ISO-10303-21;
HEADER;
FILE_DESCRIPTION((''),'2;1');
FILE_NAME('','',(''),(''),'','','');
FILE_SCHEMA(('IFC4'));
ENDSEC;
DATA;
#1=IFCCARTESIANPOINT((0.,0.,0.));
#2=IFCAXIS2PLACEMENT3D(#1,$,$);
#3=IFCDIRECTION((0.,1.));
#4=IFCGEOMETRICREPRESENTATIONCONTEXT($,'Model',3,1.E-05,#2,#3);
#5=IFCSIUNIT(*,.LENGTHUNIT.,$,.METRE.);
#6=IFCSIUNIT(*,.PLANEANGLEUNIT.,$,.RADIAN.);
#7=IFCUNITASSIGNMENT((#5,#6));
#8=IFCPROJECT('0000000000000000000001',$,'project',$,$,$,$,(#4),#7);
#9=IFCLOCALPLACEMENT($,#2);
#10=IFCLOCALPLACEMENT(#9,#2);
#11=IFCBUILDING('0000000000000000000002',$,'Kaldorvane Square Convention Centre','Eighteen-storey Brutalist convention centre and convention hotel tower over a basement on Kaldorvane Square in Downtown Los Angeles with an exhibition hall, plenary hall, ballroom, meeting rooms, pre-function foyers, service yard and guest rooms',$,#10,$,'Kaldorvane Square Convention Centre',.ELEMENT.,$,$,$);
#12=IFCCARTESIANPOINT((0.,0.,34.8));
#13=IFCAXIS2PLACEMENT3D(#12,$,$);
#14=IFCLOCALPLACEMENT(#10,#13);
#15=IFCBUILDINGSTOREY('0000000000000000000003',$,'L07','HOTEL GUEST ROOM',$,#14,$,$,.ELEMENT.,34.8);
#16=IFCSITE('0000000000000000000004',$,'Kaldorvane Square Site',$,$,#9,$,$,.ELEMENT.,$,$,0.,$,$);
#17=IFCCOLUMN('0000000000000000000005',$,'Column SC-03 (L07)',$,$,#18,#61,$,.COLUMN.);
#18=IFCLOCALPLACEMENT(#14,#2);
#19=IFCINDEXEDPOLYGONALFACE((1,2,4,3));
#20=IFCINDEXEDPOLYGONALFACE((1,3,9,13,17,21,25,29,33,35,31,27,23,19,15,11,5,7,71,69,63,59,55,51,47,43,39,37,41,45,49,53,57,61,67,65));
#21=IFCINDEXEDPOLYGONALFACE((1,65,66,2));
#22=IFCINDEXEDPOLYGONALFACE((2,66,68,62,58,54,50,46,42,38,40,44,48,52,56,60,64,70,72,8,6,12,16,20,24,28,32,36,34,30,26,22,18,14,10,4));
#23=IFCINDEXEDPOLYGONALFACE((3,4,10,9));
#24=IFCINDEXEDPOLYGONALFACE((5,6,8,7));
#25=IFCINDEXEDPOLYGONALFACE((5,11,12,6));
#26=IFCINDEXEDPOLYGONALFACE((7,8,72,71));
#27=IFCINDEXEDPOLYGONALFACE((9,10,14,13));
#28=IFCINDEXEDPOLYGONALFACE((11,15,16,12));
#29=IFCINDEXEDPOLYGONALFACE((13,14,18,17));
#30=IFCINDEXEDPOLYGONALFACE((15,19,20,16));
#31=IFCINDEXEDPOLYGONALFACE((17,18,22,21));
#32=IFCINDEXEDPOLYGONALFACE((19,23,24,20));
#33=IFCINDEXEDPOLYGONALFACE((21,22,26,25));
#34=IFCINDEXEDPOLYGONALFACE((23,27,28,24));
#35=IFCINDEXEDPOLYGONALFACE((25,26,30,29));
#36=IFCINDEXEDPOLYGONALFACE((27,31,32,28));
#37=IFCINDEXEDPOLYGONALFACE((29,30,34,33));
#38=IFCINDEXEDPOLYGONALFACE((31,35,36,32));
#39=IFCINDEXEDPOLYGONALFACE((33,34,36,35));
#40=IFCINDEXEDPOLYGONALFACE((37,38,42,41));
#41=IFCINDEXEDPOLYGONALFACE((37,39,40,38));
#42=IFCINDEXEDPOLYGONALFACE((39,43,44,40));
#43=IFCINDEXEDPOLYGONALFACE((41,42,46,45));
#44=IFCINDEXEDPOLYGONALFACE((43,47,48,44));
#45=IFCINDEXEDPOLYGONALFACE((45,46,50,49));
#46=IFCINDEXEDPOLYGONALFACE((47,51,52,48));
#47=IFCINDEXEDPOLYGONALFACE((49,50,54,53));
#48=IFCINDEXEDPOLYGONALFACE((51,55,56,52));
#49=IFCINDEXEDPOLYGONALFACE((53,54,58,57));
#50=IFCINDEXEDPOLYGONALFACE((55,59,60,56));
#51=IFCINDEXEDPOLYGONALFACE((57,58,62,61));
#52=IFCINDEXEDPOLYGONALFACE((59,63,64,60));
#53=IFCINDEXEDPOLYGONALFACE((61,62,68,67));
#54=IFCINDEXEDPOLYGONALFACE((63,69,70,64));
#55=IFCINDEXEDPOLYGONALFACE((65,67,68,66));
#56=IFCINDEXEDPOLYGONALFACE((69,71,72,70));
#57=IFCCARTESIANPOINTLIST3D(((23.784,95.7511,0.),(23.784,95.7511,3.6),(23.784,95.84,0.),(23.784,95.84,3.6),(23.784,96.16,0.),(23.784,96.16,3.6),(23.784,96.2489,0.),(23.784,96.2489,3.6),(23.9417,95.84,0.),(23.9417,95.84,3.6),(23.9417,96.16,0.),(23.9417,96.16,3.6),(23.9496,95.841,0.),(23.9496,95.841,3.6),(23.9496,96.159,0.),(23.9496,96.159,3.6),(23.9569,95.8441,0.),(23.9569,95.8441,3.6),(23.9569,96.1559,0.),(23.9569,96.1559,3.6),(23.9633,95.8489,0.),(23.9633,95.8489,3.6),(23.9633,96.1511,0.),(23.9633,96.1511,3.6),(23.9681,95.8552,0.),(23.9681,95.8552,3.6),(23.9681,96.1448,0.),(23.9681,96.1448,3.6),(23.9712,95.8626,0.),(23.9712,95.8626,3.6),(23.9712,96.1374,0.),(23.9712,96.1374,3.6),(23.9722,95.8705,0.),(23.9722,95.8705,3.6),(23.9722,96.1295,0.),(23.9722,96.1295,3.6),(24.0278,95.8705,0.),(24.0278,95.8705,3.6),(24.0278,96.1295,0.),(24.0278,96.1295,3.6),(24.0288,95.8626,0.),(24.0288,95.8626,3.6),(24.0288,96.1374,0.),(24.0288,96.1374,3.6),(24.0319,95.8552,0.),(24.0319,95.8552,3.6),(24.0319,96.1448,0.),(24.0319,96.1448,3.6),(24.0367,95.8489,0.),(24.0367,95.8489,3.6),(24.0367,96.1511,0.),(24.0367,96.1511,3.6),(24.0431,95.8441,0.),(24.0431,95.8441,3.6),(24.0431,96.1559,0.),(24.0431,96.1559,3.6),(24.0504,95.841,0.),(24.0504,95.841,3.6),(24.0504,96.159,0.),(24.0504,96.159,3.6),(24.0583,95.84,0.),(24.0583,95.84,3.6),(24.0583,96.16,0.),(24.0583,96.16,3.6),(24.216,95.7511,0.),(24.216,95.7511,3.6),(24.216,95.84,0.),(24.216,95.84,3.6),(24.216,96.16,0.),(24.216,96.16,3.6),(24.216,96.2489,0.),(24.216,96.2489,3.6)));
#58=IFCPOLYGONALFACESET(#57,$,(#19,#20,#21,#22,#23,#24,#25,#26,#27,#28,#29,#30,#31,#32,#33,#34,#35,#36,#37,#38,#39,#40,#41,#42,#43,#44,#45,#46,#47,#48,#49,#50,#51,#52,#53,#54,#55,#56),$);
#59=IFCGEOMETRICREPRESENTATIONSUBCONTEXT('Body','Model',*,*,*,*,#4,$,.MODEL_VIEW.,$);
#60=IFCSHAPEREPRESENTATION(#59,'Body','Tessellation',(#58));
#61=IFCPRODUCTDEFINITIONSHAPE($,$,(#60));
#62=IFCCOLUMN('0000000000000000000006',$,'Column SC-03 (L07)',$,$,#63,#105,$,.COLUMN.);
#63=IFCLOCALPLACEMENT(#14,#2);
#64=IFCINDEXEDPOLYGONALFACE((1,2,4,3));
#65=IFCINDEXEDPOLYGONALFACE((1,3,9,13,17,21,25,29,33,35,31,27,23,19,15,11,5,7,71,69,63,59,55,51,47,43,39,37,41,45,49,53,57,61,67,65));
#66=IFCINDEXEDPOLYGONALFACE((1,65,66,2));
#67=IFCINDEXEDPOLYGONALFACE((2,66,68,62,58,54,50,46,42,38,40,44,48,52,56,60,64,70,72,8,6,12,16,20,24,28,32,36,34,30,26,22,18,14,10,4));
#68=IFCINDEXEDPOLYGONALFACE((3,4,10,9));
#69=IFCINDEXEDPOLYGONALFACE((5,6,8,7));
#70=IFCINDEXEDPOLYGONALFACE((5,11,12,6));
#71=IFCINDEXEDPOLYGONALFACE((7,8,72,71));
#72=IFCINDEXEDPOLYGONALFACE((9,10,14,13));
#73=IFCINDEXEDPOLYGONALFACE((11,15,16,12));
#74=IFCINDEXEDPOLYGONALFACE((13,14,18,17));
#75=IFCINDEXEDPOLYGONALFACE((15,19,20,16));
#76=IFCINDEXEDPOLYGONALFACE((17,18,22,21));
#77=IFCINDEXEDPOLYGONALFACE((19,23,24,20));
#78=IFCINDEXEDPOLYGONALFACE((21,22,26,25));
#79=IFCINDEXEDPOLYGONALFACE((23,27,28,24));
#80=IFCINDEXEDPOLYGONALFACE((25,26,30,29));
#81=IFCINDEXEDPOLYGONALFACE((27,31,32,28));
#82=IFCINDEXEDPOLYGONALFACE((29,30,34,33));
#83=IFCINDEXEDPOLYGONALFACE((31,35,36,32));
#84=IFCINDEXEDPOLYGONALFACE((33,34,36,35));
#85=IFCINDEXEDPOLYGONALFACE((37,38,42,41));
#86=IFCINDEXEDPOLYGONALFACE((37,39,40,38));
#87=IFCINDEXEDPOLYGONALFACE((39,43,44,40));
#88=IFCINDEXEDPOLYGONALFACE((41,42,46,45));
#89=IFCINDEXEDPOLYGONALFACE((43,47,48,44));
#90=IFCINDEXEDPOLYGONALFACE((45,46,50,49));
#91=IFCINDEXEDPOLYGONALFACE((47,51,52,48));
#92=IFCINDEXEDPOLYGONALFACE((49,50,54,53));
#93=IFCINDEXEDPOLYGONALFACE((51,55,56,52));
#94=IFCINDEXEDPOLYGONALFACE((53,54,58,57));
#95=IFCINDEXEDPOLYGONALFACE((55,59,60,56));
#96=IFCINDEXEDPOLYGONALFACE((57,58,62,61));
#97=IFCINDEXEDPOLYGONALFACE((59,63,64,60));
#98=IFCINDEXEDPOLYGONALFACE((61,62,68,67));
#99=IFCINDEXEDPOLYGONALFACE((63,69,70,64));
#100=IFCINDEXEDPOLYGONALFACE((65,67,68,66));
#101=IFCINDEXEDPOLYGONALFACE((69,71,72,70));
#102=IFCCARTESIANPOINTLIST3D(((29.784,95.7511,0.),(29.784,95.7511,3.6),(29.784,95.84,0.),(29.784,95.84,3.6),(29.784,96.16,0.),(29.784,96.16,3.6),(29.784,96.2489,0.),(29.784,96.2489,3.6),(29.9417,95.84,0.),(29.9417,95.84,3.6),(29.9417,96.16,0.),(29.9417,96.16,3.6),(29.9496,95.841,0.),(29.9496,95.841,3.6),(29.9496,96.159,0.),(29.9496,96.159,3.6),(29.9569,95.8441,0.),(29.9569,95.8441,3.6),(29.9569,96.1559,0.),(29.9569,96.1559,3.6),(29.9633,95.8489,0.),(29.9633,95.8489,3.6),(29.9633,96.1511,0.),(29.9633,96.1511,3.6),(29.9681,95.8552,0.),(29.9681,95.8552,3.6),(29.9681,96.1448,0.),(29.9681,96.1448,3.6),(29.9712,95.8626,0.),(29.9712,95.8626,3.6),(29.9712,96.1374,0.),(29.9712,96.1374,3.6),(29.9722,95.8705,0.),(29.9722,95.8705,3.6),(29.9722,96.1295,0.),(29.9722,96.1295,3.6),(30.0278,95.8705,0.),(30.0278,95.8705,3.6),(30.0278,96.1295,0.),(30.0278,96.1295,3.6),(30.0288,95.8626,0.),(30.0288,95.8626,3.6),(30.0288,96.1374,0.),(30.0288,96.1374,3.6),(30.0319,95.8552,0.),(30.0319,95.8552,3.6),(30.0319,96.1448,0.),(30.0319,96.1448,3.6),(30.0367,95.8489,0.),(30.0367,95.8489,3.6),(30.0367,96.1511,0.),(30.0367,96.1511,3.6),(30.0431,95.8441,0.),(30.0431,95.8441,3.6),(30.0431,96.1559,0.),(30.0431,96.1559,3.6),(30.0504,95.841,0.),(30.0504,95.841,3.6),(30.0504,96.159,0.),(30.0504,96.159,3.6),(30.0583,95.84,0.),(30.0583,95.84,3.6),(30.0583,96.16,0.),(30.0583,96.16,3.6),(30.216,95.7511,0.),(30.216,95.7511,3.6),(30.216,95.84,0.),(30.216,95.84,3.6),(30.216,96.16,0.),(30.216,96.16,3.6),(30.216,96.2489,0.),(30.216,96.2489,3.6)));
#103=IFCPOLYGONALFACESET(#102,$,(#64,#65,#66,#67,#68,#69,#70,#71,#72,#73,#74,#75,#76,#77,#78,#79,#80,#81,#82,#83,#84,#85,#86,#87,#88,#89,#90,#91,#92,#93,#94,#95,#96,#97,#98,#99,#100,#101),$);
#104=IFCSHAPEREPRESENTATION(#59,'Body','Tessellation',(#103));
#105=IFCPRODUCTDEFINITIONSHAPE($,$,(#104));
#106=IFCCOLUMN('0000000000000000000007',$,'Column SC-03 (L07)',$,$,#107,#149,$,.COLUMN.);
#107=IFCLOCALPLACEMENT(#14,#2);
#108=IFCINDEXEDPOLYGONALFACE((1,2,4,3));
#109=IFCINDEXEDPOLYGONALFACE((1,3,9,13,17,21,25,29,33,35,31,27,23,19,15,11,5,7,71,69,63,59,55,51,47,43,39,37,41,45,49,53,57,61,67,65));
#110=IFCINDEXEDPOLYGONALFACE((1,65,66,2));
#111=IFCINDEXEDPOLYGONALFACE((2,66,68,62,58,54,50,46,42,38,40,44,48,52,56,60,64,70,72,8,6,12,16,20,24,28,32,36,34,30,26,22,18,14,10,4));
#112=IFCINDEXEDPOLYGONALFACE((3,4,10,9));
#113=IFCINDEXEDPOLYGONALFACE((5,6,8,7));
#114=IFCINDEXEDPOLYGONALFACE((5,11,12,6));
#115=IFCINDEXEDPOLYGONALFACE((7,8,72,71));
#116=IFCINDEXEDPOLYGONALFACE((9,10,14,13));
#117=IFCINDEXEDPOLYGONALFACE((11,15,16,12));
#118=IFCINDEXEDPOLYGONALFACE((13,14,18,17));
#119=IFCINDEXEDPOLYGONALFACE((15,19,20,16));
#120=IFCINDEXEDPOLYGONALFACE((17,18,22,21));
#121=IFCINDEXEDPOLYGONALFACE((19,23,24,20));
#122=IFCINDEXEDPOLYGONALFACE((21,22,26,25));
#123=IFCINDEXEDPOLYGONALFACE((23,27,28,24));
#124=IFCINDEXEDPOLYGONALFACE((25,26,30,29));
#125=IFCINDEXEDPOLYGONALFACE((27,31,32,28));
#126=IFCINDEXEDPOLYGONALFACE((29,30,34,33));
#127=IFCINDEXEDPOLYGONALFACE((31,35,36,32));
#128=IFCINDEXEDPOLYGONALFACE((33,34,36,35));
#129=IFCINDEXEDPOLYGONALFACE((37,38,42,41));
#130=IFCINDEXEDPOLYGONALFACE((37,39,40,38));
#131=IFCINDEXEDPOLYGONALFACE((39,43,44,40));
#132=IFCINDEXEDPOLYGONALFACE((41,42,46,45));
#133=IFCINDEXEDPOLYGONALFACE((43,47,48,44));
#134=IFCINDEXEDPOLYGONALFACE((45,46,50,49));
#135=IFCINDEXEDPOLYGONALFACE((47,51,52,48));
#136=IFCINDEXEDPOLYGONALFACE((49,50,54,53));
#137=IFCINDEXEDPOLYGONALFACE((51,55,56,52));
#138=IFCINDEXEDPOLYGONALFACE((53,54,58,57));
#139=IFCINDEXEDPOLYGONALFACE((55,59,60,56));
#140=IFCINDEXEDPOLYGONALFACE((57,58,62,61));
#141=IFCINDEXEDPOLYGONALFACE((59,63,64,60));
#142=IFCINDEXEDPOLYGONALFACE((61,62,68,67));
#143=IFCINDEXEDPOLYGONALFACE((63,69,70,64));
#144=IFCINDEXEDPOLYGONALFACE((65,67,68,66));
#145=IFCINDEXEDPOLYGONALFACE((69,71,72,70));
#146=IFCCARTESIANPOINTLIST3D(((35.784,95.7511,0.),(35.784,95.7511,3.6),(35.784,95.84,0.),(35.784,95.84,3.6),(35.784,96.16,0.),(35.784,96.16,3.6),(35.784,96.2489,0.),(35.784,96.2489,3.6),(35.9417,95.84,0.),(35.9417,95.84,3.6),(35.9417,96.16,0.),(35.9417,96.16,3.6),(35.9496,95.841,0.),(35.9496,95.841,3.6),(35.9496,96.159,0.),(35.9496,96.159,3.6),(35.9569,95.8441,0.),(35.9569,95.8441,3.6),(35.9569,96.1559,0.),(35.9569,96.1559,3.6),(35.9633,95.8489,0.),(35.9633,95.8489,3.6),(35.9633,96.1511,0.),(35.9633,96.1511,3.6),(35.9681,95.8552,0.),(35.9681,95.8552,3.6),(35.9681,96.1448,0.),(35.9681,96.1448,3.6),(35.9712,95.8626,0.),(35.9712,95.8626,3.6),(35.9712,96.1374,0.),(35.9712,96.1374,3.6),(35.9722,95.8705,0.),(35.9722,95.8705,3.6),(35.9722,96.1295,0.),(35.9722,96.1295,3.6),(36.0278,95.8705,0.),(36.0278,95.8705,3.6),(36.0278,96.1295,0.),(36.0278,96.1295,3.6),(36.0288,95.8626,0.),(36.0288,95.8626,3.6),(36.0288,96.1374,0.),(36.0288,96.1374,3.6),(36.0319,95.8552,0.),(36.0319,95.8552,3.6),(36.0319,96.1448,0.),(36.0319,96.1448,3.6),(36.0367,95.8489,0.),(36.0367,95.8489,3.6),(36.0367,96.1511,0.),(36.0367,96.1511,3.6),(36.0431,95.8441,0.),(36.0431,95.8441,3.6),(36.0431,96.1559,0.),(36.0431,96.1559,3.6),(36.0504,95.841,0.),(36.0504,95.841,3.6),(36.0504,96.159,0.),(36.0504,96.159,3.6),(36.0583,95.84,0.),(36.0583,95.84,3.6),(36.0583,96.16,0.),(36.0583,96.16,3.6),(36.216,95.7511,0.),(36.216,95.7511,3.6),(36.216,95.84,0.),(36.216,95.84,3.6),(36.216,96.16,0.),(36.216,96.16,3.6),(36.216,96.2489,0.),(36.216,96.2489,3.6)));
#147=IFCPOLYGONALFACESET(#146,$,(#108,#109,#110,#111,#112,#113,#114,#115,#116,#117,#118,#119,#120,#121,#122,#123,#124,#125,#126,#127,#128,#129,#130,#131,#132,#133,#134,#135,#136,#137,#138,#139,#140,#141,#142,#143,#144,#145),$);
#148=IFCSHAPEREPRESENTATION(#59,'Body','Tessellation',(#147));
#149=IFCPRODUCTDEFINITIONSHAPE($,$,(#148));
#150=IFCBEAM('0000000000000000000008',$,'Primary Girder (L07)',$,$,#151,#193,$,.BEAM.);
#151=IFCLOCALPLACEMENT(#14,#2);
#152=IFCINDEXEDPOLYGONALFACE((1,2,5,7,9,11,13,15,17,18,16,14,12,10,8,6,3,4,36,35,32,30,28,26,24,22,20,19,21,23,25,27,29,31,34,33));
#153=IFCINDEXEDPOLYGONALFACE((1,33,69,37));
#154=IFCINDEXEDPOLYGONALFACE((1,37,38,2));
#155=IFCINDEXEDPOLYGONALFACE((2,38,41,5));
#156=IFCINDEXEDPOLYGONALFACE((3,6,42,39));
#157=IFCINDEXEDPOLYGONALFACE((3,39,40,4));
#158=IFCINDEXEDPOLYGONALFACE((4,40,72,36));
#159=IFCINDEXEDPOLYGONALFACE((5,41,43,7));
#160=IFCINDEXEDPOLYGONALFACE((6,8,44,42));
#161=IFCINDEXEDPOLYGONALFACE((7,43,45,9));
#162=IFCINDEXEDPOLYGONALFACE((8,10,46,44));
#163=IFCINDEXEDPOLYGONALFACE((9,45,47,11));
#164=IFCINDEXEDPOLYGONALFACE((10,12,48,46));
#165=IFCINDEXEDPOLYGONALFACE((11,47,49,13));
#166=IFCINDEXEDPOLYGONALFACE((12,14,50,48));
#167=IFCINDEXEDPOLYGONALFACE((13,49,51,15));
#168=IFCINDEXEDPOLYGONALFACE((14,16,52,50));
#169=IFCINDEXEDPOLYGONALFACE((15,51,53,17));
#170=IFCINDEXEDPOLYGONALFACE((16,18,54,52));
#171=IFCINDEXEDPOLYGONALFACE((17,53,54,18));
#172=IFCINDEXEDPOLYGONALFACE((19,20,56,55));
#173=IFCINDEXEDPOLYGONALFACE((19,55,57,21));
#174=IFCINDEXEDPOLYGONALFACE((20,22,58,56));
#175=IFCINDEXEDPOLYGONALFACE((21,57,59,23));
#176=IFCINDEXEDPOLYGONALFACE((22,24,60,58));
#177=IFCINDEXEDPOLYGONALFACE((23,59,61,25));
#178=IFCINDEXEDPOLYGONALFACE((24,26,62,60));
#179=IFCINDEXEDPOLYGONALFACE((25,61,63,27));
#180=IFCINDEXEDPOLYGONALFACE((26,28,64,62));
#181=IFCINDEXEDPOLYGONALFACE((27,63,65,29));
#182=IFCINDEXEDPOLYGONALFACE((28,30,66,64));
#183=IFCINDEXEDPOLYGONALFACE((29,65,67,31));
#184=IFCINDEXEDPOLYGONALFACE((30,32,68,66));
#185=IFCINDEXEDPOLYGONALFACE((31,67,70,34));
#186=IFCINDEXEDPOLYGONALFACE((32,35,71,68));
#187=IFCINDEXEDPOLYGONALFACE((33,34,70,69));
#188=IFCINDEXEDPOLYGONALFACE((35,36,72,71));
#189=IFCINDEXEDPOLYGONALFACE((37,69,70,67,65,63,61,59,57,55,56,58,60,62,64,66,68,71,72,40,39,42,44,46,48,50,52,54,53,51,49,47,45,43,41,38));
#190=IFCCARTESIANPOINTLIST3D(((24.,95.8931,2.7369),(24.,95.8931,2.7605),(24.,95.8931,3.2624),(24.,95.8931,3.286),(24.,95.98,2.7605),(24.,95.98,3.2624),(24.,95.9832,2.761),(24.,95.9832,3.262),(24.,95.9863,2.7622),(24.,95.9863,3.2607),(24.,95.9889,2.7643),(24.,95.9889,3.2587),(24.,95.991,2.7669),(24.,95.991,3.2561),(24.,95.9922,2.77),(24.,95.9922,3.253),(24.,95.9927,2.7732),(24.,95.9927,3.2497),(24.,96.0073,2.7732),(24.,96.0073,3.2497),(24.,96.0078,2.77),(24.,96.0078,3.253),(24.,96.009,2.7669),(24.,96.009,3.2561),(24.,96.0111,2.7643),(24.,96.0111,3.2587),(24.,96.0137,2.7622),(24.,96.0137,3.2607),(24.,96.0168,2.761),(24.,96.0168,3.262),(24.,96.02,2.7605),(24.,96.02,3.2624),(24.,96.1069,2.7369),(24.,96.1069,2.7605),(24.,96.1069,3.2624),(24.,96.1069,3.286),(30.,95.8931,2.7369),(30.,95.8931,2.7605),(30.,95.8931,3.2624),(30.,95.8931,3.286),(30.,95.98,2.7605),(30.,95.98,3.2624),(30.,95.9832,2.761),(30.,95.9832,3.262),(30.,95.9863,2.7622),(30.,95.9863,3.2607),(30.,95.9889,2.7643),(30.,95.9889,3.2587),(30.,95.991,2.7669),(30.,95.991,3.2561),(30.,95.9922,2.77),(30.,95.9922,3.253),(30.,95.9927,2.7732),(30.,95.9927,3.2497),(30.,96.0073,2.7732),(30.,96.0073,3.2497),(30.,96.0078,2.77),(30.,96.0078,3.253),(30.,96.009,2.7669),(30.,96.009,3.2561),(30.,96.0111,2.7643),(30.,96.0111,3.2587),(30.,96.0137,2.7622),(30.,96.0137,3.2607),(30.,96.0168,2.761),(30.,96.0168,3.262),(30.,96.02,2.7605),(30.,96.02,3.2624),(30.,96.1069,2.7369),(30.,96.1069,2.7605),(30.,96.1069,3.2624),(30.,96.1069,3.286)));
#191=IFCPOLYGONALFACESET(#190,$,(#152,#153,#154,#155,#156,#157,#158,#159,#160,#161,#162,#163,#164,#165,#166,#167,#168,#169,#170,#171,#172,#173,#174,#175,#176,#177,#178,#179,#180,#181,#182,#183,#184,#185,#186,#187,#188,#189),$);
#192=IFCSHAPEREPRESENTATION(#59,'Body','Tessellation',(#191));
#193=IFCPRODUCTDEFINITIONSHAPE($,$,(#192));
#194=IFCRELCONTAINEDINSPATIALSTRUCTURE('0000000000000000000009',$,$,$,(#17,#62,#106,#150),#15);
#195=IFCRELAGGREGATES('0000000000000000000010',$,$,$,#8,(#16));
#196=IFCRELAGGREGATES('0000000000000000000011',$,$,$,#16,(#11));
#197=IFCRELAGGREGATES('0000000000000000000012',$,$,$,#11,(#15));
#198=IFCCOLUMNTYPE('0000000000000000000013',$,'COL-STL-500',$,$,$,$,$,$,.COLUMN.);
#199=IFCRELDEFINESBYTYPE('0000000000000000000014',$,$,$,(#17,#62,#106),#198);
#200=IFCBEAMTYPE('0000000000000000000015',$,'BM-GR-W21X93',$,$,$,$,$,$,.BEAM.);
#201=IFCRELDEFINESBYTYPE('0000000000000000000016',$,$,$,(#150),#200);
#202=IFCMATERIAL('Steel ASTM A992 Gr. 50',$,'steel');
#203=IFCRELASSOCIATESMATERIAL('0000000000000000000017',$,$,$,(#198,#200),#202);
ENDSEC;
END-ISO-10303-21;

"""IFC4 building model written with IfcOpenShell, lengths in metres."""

from ifc_helpers import new_model, si_unit, direction, frame, origin, origin_2d, place, context, subcontext, project, spatial, i_section, extrude, material, material_profile, profile_set, type_object, element, save


model = new_model("IFC4")

# Units and contexts
model_context = context("Model", 3, precision=1e-05, world=origin(), true_north=direction((0.0, 1.0)))
body_context = subcontext(model_context, "Body", "Model", "MODEL_VIEW")
ifc_project = project(units=[si_unit("LENGTHUNIT", "METRE"), si_unit("PLANEANGLEUNIT", "RADIAN")], contexts=[model_context])

# Site, building, storey
site_placement = place(None, origin())
site = spatial("IfcSite", under=ifc_project, at=site_placement, Name="Kaldorvane Square Site", CompositionType="ELEMENT", RefElevation=0.0)
building_placement = place(site_placement, origin())
building = spatial("IfcBuilding", under=site, at=building_placement, Name="Kaldorvane Square Convention Centre", Description="Eighteen-storey Brutalist convention centre and convention hotel tower over a basement on Kaldorvane Square in Downtown Los Angeles with an exhibition hall, plenary hall, ballroom, meeting rooms, pre-function foyers, service yard and guest rooms", LongName="Kaldorvane Square Convention Centre", CompositionType="ELEMENT")
storey_placement = place(building_placement, frame((0.0, 0.0, 34.8)))
storey = spatial("IfcBuildingStorey", under=building, at=storey_placement, Name="L07", Description="HOTEL GUEST ROOM", CompositionType="ELEMENT", Elevation=34.8)

# Columns
ifc_material_1 = material(Name="Steel ASTM A992 Gr. 50", Category="steel")
ifc_material_profile_1 = material_profile(ifc_material_1, i_section(OverallWidth=0.4321, OverallDepth=0.4978, WebThickness=0.0556, FlangeThickness=0.0889, FilletRadius=0.0305, at=origin_2d()), Name="W14X500")
ifc_profile_set_1 = profile_set([ifc_material_profile_1], Name="Steel ASTM A992 Gr. 50")
column_type = type_object("IfcColumnType", Name="COL-STL-500", PredefinedType="COLUMN", material=ifc_profile_set_1)
for number, where, z_axis, x_axis, name in (
    (1, (24.0, 96.0, 0.0), (0.0, 0.0, 1.0), (1.0, 0.0, 0.0), "Column SC-03 (L07)"),
    (2, (30.0, 96.0, 0.0), (0.0, 0.0, 1.0), (1.0, 0.0, 0.0), "Column SC-03 (L07)"),
    (3, (36.0, 96.0, 0.0), (0.0, 0.0, 1.0), (1.0, 0.0, 0.0), "Column SC-03 (L07)"),
):
    element("IfcColumn", number, at=place(storey_placement, frame(where, z_axis=z_axis, x_axis=x_axis)), inside=storey, type_object=column_type, Name=name, PredefinedType="COLUMN", context=body_context, shape_type="SweptSolid", body=[
        extrude(i_section(OverallWidth=0.4321, OverallDepth=0.4978, WebThickness=0.0556, FlangeThickness=0.0889, FilletRadius=0.0305, at=origin_2d()), origin(), (0.0, 0.0, 1.0), 3.6),
    ])

# Beam
ifc_material_profile_2 = material_profile(ifc_material_1, i_section(OverallWidth=0.2139, OverallDepth=0.5491, WebThickness=0.0147, FlangeThickness=0.0236, FilletRadius=0.0127, at=origin_2d()), Name="W21X93")
ifc_profile_set_2 = profile_set([ifc_material_profile_2], Name="Steel ASTM A992 Gr. 50")
beam_type_1 = type_object("IfcBeamType", Name="BM-GR-W21X93", PredefinedType="BEAM", material=ifc_profile_set_2)
for number, where, z_axis, x_axis, name in (
    (4, (24.0, 96.0, 3.0115), (1.0, 0.0, 0.0), (0.0, 1.0, 0.0), "Primary Girder (L07)"),
):
    element("IfcBeam", number, at=place(storey_placement, frame(where, z_axis=z_axis, x_axis=x_axis)), inside=storey, type_object=beam_type_1, Name=name, PredefinedType="BEAM", context=body_context, shape_type="SweptSolid", body=[
        extrude(i_section(OverallWidth=0.2139, OverallDepth=0.5491, WebThickness=0.0147, FlangeThickness=0.0236, FilletRadius=0.0127, at=origin_2d()), origin(), (0.0, 0.0, 1.0), 6.0),
    ])

save(model, "model.ifc")
